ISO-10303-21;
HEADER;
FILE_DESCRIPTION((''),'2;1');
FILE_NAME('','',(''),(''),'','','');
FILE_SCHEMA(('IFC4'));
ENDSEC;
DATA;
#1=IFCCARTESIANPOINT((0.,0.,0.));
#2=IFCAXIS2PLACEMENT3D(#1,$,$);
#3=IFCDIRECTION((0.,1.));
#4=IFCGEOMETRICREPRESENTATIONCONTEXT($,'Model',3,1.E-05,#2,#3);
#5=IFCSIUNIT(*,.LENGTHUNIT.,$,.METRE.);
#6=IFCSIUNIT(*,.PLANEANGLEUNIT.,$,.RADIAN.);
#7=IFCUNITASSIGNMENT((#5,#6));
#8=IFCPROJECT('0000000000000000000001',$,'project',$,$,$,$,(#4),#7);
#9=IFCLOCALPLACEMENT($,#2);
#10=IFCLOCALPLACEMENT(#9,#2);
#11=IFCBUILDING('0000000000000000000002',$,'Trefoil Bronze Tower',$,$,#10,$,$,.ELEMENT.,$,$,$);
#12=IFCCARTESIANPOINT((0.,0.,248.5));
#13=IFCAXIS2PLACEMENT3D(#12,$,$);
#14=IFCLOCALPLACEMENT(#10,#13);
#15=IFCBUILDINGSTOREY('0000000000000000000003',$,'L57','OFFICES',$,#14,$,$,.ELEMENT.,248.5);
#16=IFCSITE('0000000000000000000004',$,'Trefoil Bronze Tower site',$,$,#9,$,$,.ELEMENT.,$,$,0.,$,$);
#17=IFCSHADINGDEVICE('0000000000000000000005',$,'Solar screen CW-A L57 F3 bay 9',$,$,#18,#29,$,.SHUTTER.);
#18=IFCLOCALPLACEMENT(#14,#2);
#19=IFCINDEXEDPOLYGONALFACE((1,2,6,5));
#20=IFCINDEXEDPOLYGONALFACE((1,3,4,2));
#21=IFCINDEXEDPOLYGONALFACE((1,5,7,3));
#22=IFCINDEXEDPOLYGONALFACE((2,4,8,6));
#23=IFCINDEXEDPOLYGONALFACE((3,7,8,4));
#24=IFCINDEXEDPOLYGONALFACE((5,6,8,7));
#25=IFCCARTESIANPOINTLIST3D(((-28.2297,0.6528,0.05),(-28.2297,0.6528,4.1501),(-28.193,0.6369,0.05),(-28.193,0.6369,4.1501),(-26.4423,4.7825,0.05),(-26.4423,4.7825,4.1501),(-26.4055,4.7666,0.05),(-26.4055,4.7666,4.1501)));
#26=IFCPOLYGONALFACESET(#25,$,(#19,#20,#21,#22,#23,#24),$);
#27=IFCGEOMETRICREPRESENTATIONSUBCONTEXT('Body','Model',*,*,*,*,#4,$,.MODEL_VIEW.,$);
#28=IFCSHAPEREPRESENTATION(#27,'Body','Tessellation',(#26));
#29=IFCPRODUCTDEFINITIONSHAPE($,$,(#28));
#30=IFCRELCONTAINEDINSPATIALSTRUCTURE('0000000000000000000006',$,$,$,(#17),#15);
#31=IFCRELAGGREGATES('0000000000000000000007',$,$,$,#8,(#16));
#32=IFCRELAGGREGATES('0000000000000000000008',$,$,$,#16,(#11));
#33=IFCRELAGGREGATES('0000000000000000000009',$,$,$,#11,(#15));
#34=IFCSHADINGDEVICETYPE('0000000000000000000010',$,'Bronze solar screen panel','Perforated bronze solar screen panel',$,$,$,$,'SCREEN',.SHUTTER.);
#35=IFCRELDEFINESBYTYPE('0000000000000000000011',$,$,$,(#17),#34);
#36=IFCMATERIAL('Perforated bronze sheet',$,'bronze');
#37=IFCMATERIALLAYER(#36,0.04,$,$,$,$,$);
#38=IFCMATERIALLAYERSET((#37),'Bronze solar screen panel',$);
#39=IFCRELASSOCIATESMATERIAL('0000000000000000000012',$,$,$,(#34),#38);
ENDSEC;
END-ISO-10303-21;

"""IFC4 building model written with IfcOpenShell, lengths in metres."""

from ifc_helpers import new_model, si_unit, direction, frame, origin, origin_2d, place, context, subcontext, project, spatial, rectangle, extrude, material, layer, layer_set, type_object, element, save


model = new_model("IFC4")

# Units and contexts
model_context = context("Model", 3, precision=1e-05, world=origin(), true_north=direction((0.0, 1.0)))
body_context = subcontext(model_context, "Body", "Model", "MODEL_VIEW")
ifc_project = project(units=[si_unit("LENGTHUNIT", "METRE"), si_unit("PLANEANGLEUNIT", "RADIAN")], contexts=[model_context])

# Site, building, storey
site_placement = place(None, origin())
site = spatial("IfcSite", under=ifc_project, at=site_placement, Name="Trefoil Bronze Tower site", CompositionType="ELEMENT", RefElevation=0.0)
building_placement = place(site_placement, origin())
building = spatial("IfcBuilding", under=site, at=building_placement, Name="Trefoil Bronze Tower", CompositionType="ELEMENT")
storey_placement = place(building_placement, frame((0.0, 0.0, 248.5)))
storey = spatial("IfcBuildingStorey", under=building, at=storey_placement, Name="L57", Description="OFFICES", CompositionType="ELEMENT", Elevation=248.5)

# Shading device
ifc_material_1 = material(Name="Perforated bronze sheet", Category="bronze")
ifc_layer_1 = layer(ifc_material_1, 0.04)
ifc_layer_set_1 = layer_set([ifc_layer_1], Name="Bronze solar screen panel")
shading_device_type = type_object("IfcShadingDeviceType", Name="Bronze solar screen panel", Description="Perforated bronze solar screen panel", ElementType="SCREEN", PredefinedType="SHUTTER", material=ifc_layer_set_1)
shading_device_1_placement = place(storey_placement, frame((-27.3176, 2.7097, 0.05), z_axis=(0.0, 0.0, 1.0), x_axis=(-0.39722, -0.917723, 0.0)))
element("IfcShadingDevice", 1, at=shading_device_1_placement, inside=storey, type_object=shading_device_type, Name="Solar screen CW-A L57 F3 bay 9", PredefinedType="SHUTTER", context=body_context, shape_type="SweptSolid", body=[
    extrude(rectangle(XDim=4.5, YDim=0.04, at=origin_2d()), origin(), (0.0, 0.0, 1.0), 4.1001),
])

save(model, "model.ifc")
